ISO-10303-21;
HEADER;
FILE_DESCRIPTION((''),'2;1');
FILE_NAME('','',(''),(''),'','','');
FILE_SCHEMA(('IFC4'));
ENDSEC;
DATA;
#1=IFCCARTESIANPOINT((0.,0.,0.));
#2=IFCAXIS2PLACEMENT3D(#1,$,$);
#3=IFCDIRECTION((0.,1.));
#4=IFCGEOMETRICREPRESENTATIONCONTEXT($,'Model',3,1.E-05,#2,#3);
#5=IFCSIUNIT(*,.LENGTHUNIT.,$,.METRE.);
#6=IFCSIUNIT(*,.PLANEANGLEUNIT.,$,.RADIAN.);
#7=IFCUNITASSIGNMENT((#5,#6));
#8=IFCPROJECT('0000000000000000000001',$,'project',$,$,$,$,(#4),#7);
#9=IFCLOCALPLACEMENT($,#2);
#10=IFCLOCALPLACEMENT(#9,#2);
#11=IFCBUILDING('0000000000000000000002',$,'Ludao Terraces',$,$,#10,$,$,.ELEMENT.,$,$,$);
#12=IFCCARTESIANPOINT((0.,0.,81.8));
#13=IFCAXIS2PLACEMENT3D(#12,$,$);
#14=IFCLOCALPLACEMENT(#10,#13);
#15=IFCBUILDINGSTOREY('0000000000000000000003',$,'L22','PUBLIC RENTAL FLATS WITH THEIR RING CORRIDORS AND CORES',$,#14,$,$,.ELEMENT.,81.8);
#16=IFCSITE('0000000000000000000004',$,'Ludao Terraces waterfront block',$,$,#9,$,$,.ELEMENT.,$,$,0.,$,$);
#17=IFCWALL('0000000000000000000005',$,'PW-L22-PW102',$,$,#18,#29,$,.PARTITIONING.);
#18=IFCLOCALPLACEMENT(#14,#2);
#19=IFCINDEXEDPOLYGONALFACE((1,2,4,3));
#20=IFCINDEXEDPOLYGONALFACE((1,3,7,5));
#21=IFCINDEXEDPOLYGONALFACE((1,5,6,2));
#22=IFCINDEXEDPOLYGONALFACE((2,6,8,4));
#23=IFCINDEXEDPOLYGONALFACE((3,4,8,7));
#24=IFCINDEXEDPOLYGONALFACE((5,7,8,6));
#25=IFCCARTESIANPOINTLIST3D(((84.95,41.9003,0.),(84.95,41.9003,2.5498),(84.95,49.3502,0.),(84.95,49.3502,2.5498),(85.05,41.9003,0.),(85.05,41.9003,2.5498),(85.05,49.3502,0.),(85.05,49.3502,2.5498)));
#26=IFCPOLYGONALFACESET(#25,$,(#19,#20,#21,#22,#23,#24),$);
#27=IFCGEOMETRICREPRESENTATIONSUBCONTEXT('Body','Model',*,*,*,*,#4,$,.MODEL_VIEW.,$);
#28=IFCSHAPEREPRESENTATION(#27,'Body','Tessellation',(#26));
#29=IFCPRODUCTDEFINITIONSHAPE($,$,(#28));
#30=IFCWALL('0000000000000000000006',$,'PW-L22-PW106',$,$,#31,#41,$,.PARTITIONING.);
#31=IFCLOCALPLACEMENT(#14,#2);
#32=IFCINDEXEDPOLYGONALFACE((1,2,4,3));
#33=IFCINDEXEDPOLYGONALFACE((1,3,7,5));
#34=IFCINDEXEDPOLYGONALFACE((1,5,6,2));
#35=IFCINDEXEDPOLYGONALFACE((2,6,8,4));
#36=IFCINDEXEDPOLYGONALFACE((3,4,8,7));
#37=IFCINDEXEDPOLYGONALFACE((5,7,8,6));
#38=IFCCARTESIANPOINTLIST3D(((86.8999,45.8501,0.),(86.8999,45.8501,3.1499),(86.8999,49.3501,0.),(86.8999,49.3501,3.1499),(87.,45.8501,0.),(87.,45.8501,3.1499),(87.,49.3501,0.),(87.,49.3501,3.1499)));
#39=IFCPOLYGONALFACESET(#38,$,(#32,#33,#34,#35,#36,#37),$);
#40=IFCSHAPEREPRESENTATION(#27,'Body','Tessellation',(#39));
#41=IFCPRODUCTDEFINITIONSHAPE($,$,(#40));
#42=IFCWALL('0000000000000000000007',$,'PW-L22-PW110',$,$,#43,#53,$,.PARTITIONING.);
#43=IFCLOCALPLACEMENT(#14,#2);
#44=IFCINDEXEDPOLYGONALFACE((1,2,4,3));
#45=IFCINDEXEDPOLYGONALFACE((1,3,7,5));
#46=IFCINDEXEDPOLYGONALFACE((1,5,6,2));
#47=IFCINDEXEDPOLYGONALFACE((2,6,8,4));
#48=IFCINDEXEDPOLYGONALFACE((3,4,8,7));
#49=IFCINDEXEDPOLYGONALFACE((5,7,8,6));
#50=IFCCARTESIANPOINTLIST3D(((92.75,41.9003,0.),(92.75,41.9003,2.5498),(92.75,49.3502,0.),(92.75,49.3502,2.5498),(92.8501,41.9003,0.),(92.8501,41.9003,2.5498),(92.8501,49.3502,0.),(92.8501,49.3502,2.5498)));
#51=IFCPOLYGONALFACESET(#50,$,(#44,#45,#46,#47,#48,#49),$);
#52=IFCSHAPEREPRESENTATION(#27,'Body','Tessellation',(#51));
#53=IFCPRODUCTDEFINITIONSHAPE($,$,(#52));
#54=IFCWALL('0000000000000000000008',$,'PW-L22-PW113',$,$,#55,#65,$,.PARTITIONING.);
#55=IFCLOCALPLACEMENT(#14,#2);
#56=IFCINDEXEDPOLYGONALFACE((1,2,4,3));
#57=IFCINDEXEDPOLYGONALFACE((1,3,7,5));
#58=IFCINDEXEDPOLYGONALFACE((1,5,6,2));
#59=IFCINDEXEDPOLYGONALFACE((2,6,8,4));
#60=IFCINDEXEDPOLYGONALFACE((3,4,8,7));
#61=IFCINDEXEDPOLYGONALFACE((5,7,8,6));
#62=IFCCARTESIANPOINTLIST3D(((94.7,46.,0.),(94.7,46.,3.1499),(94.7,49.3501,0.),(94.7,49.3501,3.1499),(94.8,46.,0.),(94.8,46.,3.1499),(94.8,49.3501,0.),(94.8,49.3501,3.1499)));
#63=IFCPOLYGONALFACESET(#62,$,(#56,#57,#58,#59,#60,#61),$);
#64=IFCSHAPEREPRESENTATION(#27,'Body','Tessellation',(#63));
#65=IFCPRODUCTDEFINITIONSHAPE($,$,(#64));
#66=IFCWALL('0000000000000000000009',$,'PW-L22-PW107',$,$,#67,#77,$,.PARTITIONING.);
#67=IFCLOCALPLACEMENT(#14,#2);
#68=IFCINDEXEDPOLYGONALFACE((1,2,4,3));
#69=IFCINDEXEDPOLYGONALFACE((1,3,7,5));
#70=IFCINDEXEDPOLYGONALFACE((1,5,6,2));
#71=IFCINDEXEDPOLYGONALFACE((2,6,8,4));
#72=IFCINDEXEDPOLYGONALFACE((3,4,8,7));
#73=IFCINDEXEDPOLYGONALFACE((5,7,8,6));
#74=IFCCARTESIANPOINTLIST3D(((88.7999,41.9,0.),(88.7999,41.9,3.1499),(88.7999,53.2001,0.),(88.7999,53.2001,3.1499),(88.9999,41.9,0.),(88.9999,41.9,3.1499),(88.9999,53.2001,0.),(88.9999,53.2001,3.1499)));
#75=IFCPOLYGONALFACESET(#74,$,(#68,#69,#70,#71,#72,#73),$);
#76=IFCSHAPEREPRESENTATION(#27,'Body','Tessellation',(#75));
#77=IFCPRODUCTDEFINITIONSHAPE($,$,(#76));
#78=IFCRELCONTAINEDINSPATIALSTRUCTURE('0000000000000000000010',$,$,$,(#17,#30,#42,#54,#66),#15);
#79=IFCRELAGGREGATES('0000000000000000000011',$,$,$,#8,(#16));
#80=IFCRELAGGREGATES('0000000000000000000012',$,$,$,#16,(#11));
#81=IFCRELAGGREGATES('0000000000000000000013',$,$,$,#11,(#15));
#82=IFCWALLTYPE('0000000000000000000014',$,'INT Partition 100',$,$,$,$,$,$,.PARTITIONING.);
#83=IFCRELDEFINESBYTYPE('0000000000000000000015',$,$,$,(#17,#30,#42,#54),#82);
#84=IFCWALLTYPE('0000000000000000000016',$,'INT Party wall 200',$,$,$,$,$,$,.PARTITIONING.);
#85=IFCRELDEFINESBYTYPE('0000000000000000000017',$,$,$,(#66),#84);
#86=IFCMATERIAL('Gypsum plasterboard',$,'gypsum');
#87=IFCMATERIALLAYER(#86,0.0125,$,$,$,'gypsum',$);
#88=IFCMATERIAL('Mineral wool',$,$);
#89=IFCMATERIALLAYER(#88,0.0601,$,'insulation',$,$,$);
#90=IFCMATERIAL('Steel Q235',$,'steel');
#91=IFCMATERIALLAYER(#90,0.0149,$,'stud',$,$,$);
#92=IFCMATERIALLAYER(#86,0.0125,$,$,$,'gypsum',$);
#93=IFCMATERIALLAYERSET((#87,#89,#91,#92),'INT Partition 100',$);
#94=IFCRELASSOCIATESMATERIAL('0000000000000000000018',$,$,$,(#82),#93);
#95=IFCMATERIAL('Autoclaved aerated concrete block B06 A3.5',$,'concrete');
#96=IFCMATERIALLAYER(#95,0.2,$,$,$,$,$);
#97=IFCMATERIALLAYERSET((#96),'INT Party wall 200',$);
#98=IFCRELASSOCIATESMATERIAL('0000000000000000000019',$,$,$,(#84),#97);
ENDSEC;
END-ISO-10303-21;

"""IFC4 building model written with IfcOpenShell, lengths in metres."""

from ifc_helpers import new_model, si_unit, direction, frame, frame_2d, origin, place, context, subcontext, project, spatial, rectangle, extrude, material, layer, layer_set, type_object, element, save


model = new_model("IFC4")

# Units and contexts
model_context = context("Model", 3, precision=1e-05, world=origin(), true_north=direction((0.0, 1.0)))
body_context = subcontext(model_context, "Body", "Model", "MODEL_VIEW")
ifc_project = project(units=[si_unit("LENGTHUNIT", "METRE"), si_unit("PLANEANGLEUNIT", "RADIAN")], contexts=[model_context])

# Site, building, storey
site_placement = place(None, origin())
site = spatial("IfcSite", under=ifc_project, at=site_placement, Name="Ludao Terraces waterfront block", CompositionType="ELEMENT", RefElevation=0.0)
building_placement = place(site_placement, origin())
building = spatial("IfcBuilding", under=site, at=building_placement, Name="Ludao Terraces", CompositionType="ELEMENT")
storey_placement = place(building_placement, frame((0.0, 0.0, 81.8)))
storey = spatial("IfcBuildingStorey", under=building, at=storey_placement, Name="L22", Description="PUBLIC RENTAL FLATS WITH THEIR RING CORRIDORS AND CORES", CompositionType="ELEMENT", Elevation=81.8)

# Shared definitions
ifc_material_1 = material(Name="Mineral wool")

# Shared definitions
ifc_material_2 = material(Name="Gypsum plasterboard", Category="gypsum")
ifc_layer_1 = layer(ifc_material_2, 0.0125, Category="gypsum")
ifc_layer_2 = layer(ifc_material_1, 0.0601, Name="insulation")
ifc_material_3 = material(Name="Steel Q235", Category="steel")
ifc_layer_3 = layer(ifc_material_3, 0.0149, Name="stud")
ifc_layer_4 = layer(ifc_material_2, 0.0125, Category="gypsum")
ifc_layer_set_1 = layer_set([ifc_layer_1, ifc_layer_2, ifc_layer_3, ifc_layer_4], Name="INT Partition 100")
wall_type_1 = type_object("IfcWallType", Name="INT Partition 100", PredefinedType="PARTITIONING", material=ifc_layer_set_1)

# Walls
wall_1_placement = place(storey_placement, frame((85.0, 41.9001, 0.0), z_axis=(0.0, 0.0, 1.0), x_axis=(0.0, 1.0, 0.0)))
element("IfcWall", 1, at=wall_1_placement, inside=storey, type_object=wall_type_1, Name="PW-L22-PW102", PredefinedType="PARTITIONING", context=body_context, shape_type="SweptSolid", body=[
    extrude(rectangle(XDim=7.45, YDim=0.1001, at=frame_2d((3.7251, 0.0))), origin(), (0.0, 0.0, 1.0), 2.5498),
])
wall_2_placement = place(storey_placement, frame((86.95, 45.8501, 0.0), z_axis=(0.0, 0.0, 1.0), x_axis=(0.0, 1.0, 0.0)))
element("IfcWall", 2, at=wall_2_placement, inside=storey, type_object=wall_type_1, Name="PW-L22-PW106", PredefinedType="PARTITIONING", context=body_context, shape_type="SweptSolid", body=[
    extrude(rectangle(XDim=3.5, YDim=0.1001, at=frame_2d((1.75, 0.0))), origin(), (0.0, 0.0, 1.0), 3.1499),
])
wall_3_placement = place(storey_placement, frame((92.8, 41.9001, 0.0), z_axis=(0.0, 0.0, 1.0), x_axis=(0.0, 1.0, 0.0)))
element("IfcWall", 3, at=wall_3_placement, inside=storey, type_object=wall_type_1, Name="PW-L22-PW110", PredefinedType="PARTITIONING", context=body_context, shape_type="SweptSolid", body=[
    extrude(rectangle(XDim=7.45, YDim=0.1001, at=frame_2d((3.7251, 0.0))), origin(), (0.0, 0.0, 1.0), 2.5498),
])
wall_4_placement = place(storey_placement, frame((94.75, 46.0, 0.0), z_axis=(0.0, 0.0, 1.0), x_axis=(0.0, 1.0, 0.0)))
element("IfcWall", 4, at=wall_4_placement, inside=storey, type_object=wall_type_1, Name="PW-L22-PW113", PredefinedType="PARTITIONING", context=body_context, shape_type="SweptSolid", body=[
    extrude(rectangle(XDim=3.3501, YDim=0.1001, at=frame_2d((1.675, 0.0))), origin(), (0.0, 0.0, 1.0), 3.1499),
])
ifc_material_4 = material(Name="Autoclaved aerated concrete block B06 A3.5", Category="concrete")
ifc_layer_5 = layer(ifc_material_4, 0.2)
ifc_layer_set_2 = layer_set([ifc_layer_5], Name="INT Party wall 200")
wall_type_2 = type_object("IfcWallType", Name="INT Party wall 200", PredefinedType="PARTITIONING", material=ifc_layer_set_2)
wall_5_placement = place(storey_placement, frame((88.8999, 41.9001, 0.0), z_axis=(0.0, 0.0, 1.0), x_axis=(0.0, 1.0, 0.0)))
element("IfcWall", 5, at=wall_5_placement, inside=storey, type_object=wall_type_2, Name="PW-L22-PW107", PredefinedType="PARTITIONING", context=body_context, shape_type="SweptSolid", body=[
    extrude(rectangle(XDim=11.3, YDim=0.2, at=frame_2d((5.6499, 0.0))), origin(), (0.0, 0.0, 1.0), 3.1499),
])

save(model, "model.ifc")
